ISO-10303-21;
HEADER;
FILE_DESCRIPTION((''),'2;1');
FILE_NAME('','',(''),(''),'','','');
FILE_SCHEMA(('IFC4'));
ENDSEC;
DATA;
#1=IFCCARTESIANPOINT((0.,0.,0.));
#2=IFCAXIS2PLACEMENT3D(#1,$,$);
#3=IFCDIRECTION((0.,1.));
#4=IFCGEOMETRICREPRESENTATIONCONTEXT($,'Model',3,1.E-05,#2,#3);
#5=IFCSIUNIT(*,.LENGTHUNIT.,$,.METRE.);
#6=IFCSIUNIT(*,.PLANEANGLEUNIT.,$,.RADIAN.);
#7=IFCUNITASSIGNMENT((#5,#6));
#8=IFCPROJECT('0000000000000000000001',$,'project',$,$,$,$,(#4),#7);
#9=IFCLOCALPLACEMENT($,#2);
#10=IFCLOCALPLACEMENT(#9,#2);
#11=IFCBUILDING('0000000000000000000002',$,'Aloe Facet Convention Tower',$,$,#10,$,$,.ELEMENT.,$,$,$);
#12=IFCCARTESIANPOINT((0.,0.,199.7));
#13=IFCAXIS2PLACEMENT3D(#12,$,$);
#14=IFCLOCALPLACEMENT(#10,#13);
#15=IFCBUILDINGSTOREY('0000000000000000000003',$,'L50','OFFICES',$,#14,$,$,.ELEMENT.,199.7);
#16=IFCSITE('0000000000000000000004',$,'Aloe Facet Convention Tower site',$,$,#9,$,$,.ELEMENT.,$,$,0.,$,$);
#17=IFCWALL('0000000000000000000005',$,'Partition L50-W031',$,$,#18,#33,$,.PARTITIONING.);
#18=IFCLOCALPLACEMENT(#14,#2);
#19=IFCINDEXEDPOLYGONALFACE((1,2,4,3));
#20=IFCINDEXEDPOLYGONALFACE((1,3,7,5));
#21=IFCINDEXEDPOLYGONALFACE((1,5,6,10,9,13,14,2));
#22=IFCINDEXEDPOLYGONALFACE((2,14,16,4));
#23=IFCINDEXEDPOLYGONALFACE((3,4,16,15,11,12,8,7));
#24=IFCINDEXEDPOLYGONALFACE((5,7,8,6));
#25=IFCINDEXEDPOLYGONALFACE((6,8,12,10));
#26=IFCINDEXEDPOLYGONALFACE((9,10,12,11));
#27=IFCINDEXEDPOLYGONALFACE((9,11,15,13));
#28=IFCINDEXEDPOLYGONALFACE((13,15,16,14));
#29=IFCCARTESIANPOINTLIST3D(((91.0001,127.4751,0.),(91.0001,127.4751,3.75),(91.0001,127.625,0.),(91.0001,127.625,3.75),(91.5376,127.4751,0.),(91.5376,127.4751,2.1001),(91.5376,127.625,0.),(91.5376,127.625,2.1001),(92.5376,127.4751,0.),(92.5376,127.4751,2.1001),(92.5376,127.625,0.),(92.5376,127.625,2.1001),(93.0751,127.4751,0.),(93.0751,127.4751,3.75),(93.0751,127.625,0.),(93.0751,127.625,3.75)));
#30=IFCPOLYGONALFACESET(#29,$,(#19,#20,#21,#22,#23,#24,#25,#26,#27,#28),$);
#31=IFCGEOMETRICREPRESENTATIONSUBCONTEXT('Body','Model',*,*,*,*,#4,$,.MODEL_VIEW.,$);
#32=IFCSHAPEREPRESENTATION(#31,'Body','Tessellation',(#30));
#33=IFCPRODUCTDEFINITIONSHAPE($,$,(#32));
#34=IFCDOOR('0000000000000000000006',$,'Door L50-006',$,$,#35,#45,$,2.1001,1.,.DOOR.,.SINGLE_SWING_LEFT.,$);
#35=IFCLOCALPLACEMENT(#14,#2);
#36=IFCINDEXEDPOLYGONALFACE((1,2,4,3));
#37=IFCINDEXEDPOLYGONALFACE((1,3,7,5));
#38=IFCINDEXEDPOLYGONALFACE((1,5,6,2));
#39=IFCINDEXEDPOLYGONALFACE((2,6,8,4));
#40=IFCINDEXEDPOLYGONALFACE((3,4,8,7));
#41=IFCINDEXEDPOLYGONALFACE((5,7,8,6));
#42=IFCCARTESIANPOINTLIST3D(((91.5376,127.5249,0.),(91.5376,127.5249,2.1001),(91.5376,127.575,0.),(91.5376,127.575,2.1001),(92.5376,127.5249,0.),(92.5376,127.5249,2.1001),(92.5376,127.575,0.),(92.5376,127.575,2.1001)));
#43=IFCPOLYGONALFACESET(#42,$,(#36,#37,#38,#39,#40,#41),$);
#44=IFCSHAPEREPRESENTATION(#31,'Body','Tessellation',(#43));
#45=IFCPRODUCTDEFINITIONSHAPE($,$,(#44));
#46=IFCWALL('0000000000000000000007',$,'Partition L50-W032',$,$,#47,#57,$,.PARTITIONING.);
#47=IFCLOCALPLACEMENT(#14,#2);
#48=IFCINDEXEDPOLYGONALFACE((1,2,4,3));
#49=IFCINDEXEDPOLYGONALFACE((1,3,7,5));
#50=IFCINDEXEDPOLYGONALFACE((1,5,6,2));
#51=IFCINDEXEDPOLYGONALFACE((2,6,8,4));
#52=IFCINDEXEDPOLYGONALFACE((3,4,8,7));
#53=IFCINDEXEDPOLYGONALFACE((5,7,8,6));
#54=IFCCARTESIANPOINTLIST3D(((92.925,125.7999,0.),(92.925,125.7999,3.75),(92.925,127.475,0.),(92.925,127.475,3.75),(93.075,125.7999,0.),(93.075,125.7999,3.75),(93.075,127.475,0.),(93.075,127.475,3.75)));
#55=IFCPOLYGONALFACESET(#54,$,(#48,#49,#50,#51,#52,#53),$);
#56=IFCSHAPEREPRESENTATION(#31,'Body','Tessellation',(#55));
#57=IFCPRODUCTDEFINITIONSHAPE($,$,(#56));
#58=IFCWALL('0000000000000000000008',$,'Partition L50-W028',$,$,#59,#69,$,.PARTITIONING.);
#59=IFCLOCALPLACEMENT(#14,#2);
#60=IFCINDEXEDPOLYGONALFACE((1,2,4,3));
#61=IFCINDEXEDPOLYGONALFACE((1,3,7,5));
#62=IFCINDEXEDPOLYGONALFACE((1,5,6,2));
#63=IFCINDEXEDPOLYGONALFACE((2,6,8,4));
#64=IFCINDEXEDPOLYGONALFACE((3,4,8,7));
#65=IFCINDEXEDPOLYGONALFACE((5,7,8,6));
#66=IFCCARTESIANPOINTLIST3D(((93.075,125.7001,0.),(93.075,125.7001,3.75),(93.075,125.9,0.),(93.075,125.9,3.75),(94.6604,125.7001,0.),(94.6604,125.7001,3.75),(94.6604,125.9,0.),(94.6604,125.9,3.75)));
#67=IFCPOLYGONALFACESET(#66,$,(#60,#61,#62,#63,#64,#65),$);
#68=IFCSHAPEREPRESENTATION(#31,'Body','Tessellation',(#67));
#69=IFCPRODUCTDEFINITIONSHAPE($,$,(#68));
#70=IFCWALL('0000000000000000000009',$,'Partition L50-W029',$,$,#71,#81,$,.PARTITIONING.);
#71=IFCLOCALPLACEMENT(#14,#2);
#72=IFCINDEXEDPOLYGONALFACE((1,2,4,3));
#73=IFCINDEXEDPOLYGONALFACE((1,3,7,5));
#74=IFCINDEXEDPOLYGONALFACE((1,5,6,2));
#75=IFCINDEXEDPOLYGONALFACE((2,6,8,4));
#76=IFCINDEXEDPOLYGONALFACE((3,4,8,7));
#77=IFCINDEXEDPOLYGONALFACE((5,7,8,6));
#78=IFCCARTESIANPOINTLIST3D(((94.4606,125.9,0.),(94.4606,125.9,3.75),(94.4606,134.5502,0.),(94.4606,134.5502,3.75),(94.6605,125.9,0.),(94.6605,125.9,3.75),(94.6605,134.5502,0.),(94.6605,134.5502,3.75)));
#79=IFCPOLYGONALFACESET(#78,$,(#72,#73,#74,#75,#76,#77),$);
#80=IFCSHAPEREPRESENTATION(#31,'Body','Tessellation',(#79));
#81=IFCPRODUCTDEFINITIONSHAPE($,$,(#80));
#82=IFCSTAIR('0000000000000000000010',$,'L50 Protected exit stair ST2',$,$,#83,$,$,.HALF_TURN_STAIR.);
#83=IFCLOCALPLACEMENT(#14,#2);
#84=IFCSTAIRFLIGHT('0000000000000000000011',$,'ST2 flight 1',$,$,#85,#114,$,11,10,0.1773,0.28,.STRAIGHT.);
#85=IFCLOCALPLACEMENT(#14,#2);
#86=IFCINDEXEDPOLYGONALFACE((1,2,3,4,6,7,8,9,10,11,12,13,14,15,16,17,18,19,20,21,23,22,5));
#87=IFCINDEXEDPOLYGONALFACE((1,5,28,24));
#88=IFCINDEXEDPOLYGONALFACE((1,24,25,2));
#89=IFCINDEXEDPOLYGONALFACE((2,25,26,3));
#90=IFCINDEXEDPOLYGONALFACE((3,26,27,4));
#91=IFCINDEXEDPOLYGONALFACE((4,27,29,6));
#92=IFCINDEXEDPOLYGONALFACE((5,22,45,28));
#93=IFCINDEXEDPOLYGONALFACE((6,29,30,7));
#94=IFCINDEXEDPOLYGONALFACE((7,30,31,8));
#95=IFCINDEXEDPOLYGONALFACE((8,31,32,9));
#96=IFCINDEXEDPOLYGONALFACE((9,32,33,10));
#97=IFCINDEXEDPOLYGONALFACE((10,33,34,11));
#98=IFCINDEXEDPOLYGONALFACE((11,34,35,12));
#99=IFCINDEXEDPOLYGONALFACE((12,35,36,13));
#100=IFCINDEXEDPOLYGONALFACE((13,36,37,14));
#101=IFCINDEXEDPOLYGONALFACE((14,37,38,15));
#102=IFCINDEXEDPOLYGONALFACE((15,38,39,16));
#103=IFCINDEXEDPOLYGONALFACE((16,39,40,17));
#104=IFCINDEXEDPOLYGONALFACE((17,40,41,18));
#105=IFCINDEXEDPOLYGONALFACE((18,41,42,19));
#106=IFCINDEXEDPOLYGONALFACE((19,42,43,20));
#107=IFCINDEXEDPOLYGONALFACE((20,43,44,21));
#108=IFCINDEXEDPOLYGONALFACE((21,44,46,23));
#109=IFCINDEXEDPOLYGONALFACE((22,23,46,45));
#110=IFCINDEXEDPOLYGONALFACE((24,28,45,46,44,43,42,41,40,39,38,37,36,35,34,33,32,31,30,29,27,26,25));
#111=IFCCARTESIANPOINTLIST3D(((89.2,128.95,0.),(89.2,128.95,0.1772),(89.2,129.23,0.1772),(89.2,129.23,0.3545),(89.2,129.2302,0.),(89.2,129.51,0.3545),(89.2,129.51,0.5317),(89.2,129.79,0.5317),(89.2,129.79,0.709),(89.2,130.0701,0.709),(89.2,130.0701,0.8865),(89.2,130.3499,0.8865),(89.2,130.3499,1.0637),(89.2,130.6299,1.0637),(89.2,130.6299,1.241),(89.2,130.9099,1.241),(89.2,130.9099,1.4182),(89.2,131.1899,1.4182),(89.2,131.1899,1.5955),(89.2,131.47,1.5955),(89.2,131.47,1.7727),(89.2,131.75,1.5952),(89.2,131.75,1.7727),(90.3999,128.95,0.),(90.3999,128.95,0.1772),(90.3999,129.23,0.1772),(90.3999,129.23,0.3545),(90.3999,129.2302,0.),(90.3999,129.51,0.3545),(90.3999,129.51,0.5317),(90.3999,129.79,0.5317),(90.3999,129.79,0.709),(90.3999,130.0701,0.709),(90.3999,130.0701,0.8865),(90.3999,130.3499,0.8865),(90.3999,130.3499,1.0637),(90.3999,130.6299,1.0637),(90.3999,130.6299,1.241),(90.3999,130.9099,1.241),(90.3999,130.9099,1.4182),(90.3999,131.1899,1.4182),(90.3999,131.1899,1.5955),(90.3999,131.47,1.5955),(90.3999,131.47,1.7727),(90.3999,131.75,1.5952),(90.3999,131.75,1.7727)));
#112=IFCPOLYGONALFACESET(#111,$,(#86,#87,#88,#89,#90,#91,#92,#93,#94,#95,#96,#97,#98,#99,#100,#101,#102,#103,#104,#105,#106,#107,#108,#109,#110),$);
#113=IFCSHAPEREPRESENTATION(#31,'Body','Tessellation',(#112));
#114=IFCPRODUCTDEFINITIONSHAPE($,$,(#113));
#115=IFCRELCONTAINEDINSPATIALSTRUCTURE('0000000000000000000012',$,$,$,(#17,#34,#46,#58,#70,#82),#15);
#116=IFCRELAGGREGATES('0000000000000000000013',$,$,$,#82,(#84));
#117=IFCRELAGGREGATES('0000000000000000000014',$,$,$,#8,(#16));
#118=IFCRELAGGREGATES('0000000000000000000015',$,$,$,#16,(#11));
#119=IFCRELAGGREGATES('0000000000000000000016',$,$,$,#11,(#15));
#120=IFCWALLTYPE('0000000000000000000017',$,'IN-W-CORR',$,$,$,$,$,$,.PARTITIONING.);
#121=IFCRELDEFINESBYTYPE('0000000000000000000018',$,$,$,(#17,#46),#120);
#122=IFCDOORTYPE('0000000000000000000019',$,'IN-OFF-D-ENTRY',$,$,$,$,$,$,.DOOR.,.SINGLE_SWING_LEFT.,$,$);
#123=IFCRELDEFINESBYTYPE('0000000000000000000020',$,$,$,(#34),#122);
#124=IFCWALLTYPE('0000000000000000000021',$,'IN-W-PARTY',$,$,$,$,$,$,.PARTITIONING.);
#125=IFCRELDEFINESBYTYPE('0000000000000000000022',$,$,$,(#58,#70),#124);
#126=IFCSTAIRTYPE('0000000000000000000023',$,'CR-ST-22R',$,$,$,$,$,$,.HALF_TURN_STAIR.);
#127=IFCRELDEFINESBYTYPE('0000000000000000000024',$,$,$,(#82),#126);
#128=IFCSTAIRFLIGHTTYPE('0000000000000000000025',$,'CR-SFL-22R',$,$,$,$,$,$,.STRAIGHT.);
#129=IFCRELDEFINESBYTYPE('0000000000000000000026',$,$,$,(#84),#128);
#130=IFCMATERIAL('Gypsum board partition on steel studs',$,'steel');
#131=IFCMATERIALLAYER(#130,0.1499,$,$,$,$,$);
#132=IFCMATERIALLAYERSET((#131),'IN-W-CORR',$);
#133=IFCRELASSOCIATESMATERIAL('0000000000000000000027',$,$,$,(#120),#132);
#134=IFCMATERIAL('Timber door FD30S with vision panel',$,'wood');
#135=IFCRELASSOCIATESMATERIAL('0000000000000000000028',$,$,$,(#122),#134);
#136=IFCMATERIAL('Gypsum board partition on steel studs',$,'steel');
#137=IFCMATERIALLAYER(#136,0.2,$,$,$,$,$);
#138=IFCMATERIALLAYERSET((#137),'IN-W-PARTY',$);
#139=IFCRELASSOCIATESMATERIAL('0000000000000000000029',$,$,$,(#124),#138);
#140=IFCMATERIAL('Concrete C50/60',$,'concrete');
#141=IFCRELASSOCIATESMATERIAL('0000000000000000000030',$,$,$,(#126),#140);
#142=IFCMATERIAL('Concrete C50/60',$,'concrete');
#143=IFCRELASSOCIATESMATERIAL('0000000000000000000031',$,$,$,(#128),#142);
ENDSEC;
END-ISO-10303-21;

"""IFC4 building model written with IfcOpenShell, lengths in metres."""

from ifc_helpers import new_model, si_unit, direction, frame, frame_2d, origin, place, context, subcontext, project, spatial, polyline, rectangle, outline, extrude, material, layer, layer_set, type_object, element, fill, aggregate, save


model = new_model("IFC4")

# Units and contexts
model_context = context("Model", 3, precision=1e-05, world=origin(), true_north=direction((0.0, 1.0)))
body_context = subcontext(model_context, "Body", "Model", "MODEL_VIEW")
ifc_project = project(units=[si_unit("LENGTHUNIT", "METRE"), si_unit("PLANEANGLEUNIT", "RADIAN")], contexts=[model_context])

# Site, building, storey
site_placement = place(None, origin())
site = spatial("IfcSite", under=ifc_project, at=site_placement, Name="Aloe Facet Convention Tower site", CompositionType="ELEMENT", RefElevation=0.0)
building_placement = place(site_placement, origin())
building = spatial("IfcBuilding", under=site, at=building_placement, Name="Aloe Facet Convention Tower", CompositionType="ELEMENT")
storey_placement = place(building_placement, frame((0.0, 0.0, 199.7)))
storey = spatial("IfcBuildingStorey", under=building, at=storey_placement, Name="L50", Description="OFFICES", CompositionType="ELEMENT", Elevation=199.7)

# Wall, opening, door
ifc_material_1 = material(Name="Gypsum board partition on steel studs", Category="steel")
ifc_layer_1 = layer(ifc_material_1, 0.1499)
ifc_layer_set_1 = layer_set([ifc_layer_1], Name="IN-W-CORR")
wall_type_1 = type_object("IfcWallType", Name="IN-W-CORR", PredefinedType="PARTITIONING", material=ifc_layer_set_1)
wall_1_placement = place(storey_placement, frame((91.0, 127.55, 0.0), z_axis=(0.0, 0.0, 1.0), x_axis=(1.0, 0.0, 0.0)))
wall_1 = element("IfcWall", 1, at=wall_1_placement, inside=storey, type_object=wall_type_1, Name="Partition L50-W031", PredefinedType="PARTITIONING", context=body_context, shape_type="SweptSolid", body=[
    extrude(rectangle(XDim=2.075, YDim=0.1499, at=frame_2d((1.0376, 0.0))), origin(), (0.0, 0.0, 1.0), 3.75),
])
opening_1_placement = place(wall_1_placement, frame((0.5376, 0.0, 0.0)))
opening_1 = element("IfcOpeningElement", 2, at=opening_1_placement, cuts=wall_1, PredefinedType="OPENING", context=body_context, shape_type="SweptSolid", body=[
    extrude(rectangle(XDim=1.0, YDim=2.1001, at=frame_2d((0.5, 1.05))), frame((0.0, 0.085, 0.0), z_axis=(0.0, -1.0, 0.0), x_axis=(1.0, 0.0, 0.0)), (0.0, 0.0, 1.0), 0.1699),
])
ifc_material_2 = material(Name="Timber door FD30S with vision panel", Category="wood")
door_type = type_object("IfcDoorType", Name="IN-OFF-D-ENTRY", OperationType="SINGLE_SWING_LEFT", PredefinedType="DOOR", material=ifc_material_2)
door_placement = place(opening_1_placement, origin())
door = element("IfcDoor", 3, at=door_placement, inside=storey, type_object=door_type, Name="Door L50-006", OperationType="SINGLE_SWING_LEFT", OverallHeight=2.1001, OverallWidth=1.0, PredefinedType="DOOR", context=body_context, shape_type="SweptSolid", body=[
    extrude(rectangle(XDim=1.0, YDim=2.1001, at=frame_2d((0.5, 1.05))), frame((0.0, 0.0249, 0.0), z_axis=(0.0, -1.0, 0.0), x_axis=(1.0, 0.0, 0.0)), (0.0, 0.0, 1.0), 0.05),
])
fill(opening_1, door)

# Walls
wall_2_placement = place(storey_placement, frame((93.0, 125.8, 0.0), z_axis=(0.0, 0.0, 1.0), x_axis=(0.0, 1.0, 0.0)))
element("IfcWall", 4, at=wall_2_placement, inside=storey, type_object=wall_type_1, Name="Partition L50-W032", PredefinedType="PARTITIONING", context=body_context, shape_type="SweptSolid", body=[
    extrude(rectangle(XDim=1.675, YDim=0.1499, at=frame_2d((0.8374, 0.0))), origin(), (0.0, 0.0, 1.0), 3.75),
])
ifc_material_3 = material(Name="Gypsum board partition on steel studs", Category="steel")
ifc_layer_2 = layer(ifc_material_3, 0.2)
ifc_layer_set_2 = layer_set([ifc_layer_2], Name="IN-W-PARTY")
wall_type_2 = type_object("IfcWallType", Name="IN-W-PARTY", PredefinedType="PARTITIONING", material=ifc_layer_set_2)
wall_3_placement = place(storey_placement, frame((93.075, 125.8, 0.0), z_axis=(0.0, 0.0, 1.0), x_axis=(1.0, 0.0, 0.0)))
element("IfcWall", 5, at=wall_3_placement, inside=storey, type_object=wall_type_2, Name="Partition L50-W028", PredefinedType="PARTITIONING", context=body_context, shape_type="SweptSolid", body=[
    extrude(rectangle(XDim=1.5854, YDim=0.2, at=frame_2d((0.7927, 0.0))), origin(), (0.0, 0.0, 1.0), 3.75),
])
wall_4_placement = place(storey_placement, frame((94.5605, 125.8999, 0.0), z_axis=(0.0, 0.0, 1.0), x_axis=(0.0, 1.0, 0.0)))
element("IfcWall", 6, at=wall_4_placement, inside=storey, type_object=wall_type_2, Name="Partition L50-W029", PredefinedType="PARTITIONING", context=body_context, shape_type="SweptSolid", body=[
    extrude(rectangle(XDim=8.6501, YDim=0.2, at=frame_2d((4.3252, 0.0))), origin(), (0.0, 0.0, 1.0), 3.75),
])

# Stair, stair flight
ifc_material_4 = material(Name="Concrete C50/60", Category="concrete")
stair_type = type_object("IfcStairType", Name="CR-ST-22R", PredefinedType="HALF_TURN_STAIR", material=ifc_material_4)
stair_placement = place(storey_placement, origin())
stair = element("IfcStair", 7, at=stair_placement, inside=storey, type_object=stair_type, Name="L50 Protected exit stair ST2", PredefinedType="HALF_TURN_STAIR")
ifc_material_5 = material(Name="Concrete C50/60", Category="concrete")
stair_flight_type = type_object("IfcStairFlightType", Name="CR-SFL-22R", PredefinedType="STRAIGHT", material=ifc_material_5)
stair_flight_placement = place(storey_placement, frame((89.8, 128.95, 0.0), z_axis=(0.0, 0.0, 1.0), x_axis=(0.0, 1.0, 0.0)))
stair_flight = element("IfcStairFlight", 8, at=stair_flight_placement, type_object=stair_flight_type, Name="ST2 flight 1", NumberOfRisers=11, NumberOfTreads=10, PredefinedType="STRAIGHT", RiserHeight=0.1773, TreadLength=0.28, context=body_context, shape_type="SweptSolid", body=[
    extrude(outline(polyline([(0.0, 0.0), (0.0, 0.1772), (0.28, 0.1772), (0.28, 0.3545), (0.5601, 0.3545), (0.5601, 0.5317), (0.8401, 0.5317), (0.8401, 0.709), (1.1201, 0.709), (1.1201, 0.8865), (1.3999, 0.8865), (1.3999, 1.0637), (1.6799, 1.0637), (1.6799, 1.241), (1.96, 1.241), (1.96, 1.4182), (2.24, 1.4182), (2.24, 1.5955), (2.52, 1.5955), (2.52, 1.7727), (2.8, 1.7727), (2.8, 1.95), (2.8, 1.5952), (0.2803, 0.0), (0.0, 0.0)])), frame((0.0, 0.6001, 0.0), z_axis=(0.0, -1.0, 0.0), x_axis=(1.0, 0.0, 0.0)), (0.0, 0.0, 1.0), 1.2),
])
aggregate(stair, [stair_flight])

save(model, "model.ifc")
